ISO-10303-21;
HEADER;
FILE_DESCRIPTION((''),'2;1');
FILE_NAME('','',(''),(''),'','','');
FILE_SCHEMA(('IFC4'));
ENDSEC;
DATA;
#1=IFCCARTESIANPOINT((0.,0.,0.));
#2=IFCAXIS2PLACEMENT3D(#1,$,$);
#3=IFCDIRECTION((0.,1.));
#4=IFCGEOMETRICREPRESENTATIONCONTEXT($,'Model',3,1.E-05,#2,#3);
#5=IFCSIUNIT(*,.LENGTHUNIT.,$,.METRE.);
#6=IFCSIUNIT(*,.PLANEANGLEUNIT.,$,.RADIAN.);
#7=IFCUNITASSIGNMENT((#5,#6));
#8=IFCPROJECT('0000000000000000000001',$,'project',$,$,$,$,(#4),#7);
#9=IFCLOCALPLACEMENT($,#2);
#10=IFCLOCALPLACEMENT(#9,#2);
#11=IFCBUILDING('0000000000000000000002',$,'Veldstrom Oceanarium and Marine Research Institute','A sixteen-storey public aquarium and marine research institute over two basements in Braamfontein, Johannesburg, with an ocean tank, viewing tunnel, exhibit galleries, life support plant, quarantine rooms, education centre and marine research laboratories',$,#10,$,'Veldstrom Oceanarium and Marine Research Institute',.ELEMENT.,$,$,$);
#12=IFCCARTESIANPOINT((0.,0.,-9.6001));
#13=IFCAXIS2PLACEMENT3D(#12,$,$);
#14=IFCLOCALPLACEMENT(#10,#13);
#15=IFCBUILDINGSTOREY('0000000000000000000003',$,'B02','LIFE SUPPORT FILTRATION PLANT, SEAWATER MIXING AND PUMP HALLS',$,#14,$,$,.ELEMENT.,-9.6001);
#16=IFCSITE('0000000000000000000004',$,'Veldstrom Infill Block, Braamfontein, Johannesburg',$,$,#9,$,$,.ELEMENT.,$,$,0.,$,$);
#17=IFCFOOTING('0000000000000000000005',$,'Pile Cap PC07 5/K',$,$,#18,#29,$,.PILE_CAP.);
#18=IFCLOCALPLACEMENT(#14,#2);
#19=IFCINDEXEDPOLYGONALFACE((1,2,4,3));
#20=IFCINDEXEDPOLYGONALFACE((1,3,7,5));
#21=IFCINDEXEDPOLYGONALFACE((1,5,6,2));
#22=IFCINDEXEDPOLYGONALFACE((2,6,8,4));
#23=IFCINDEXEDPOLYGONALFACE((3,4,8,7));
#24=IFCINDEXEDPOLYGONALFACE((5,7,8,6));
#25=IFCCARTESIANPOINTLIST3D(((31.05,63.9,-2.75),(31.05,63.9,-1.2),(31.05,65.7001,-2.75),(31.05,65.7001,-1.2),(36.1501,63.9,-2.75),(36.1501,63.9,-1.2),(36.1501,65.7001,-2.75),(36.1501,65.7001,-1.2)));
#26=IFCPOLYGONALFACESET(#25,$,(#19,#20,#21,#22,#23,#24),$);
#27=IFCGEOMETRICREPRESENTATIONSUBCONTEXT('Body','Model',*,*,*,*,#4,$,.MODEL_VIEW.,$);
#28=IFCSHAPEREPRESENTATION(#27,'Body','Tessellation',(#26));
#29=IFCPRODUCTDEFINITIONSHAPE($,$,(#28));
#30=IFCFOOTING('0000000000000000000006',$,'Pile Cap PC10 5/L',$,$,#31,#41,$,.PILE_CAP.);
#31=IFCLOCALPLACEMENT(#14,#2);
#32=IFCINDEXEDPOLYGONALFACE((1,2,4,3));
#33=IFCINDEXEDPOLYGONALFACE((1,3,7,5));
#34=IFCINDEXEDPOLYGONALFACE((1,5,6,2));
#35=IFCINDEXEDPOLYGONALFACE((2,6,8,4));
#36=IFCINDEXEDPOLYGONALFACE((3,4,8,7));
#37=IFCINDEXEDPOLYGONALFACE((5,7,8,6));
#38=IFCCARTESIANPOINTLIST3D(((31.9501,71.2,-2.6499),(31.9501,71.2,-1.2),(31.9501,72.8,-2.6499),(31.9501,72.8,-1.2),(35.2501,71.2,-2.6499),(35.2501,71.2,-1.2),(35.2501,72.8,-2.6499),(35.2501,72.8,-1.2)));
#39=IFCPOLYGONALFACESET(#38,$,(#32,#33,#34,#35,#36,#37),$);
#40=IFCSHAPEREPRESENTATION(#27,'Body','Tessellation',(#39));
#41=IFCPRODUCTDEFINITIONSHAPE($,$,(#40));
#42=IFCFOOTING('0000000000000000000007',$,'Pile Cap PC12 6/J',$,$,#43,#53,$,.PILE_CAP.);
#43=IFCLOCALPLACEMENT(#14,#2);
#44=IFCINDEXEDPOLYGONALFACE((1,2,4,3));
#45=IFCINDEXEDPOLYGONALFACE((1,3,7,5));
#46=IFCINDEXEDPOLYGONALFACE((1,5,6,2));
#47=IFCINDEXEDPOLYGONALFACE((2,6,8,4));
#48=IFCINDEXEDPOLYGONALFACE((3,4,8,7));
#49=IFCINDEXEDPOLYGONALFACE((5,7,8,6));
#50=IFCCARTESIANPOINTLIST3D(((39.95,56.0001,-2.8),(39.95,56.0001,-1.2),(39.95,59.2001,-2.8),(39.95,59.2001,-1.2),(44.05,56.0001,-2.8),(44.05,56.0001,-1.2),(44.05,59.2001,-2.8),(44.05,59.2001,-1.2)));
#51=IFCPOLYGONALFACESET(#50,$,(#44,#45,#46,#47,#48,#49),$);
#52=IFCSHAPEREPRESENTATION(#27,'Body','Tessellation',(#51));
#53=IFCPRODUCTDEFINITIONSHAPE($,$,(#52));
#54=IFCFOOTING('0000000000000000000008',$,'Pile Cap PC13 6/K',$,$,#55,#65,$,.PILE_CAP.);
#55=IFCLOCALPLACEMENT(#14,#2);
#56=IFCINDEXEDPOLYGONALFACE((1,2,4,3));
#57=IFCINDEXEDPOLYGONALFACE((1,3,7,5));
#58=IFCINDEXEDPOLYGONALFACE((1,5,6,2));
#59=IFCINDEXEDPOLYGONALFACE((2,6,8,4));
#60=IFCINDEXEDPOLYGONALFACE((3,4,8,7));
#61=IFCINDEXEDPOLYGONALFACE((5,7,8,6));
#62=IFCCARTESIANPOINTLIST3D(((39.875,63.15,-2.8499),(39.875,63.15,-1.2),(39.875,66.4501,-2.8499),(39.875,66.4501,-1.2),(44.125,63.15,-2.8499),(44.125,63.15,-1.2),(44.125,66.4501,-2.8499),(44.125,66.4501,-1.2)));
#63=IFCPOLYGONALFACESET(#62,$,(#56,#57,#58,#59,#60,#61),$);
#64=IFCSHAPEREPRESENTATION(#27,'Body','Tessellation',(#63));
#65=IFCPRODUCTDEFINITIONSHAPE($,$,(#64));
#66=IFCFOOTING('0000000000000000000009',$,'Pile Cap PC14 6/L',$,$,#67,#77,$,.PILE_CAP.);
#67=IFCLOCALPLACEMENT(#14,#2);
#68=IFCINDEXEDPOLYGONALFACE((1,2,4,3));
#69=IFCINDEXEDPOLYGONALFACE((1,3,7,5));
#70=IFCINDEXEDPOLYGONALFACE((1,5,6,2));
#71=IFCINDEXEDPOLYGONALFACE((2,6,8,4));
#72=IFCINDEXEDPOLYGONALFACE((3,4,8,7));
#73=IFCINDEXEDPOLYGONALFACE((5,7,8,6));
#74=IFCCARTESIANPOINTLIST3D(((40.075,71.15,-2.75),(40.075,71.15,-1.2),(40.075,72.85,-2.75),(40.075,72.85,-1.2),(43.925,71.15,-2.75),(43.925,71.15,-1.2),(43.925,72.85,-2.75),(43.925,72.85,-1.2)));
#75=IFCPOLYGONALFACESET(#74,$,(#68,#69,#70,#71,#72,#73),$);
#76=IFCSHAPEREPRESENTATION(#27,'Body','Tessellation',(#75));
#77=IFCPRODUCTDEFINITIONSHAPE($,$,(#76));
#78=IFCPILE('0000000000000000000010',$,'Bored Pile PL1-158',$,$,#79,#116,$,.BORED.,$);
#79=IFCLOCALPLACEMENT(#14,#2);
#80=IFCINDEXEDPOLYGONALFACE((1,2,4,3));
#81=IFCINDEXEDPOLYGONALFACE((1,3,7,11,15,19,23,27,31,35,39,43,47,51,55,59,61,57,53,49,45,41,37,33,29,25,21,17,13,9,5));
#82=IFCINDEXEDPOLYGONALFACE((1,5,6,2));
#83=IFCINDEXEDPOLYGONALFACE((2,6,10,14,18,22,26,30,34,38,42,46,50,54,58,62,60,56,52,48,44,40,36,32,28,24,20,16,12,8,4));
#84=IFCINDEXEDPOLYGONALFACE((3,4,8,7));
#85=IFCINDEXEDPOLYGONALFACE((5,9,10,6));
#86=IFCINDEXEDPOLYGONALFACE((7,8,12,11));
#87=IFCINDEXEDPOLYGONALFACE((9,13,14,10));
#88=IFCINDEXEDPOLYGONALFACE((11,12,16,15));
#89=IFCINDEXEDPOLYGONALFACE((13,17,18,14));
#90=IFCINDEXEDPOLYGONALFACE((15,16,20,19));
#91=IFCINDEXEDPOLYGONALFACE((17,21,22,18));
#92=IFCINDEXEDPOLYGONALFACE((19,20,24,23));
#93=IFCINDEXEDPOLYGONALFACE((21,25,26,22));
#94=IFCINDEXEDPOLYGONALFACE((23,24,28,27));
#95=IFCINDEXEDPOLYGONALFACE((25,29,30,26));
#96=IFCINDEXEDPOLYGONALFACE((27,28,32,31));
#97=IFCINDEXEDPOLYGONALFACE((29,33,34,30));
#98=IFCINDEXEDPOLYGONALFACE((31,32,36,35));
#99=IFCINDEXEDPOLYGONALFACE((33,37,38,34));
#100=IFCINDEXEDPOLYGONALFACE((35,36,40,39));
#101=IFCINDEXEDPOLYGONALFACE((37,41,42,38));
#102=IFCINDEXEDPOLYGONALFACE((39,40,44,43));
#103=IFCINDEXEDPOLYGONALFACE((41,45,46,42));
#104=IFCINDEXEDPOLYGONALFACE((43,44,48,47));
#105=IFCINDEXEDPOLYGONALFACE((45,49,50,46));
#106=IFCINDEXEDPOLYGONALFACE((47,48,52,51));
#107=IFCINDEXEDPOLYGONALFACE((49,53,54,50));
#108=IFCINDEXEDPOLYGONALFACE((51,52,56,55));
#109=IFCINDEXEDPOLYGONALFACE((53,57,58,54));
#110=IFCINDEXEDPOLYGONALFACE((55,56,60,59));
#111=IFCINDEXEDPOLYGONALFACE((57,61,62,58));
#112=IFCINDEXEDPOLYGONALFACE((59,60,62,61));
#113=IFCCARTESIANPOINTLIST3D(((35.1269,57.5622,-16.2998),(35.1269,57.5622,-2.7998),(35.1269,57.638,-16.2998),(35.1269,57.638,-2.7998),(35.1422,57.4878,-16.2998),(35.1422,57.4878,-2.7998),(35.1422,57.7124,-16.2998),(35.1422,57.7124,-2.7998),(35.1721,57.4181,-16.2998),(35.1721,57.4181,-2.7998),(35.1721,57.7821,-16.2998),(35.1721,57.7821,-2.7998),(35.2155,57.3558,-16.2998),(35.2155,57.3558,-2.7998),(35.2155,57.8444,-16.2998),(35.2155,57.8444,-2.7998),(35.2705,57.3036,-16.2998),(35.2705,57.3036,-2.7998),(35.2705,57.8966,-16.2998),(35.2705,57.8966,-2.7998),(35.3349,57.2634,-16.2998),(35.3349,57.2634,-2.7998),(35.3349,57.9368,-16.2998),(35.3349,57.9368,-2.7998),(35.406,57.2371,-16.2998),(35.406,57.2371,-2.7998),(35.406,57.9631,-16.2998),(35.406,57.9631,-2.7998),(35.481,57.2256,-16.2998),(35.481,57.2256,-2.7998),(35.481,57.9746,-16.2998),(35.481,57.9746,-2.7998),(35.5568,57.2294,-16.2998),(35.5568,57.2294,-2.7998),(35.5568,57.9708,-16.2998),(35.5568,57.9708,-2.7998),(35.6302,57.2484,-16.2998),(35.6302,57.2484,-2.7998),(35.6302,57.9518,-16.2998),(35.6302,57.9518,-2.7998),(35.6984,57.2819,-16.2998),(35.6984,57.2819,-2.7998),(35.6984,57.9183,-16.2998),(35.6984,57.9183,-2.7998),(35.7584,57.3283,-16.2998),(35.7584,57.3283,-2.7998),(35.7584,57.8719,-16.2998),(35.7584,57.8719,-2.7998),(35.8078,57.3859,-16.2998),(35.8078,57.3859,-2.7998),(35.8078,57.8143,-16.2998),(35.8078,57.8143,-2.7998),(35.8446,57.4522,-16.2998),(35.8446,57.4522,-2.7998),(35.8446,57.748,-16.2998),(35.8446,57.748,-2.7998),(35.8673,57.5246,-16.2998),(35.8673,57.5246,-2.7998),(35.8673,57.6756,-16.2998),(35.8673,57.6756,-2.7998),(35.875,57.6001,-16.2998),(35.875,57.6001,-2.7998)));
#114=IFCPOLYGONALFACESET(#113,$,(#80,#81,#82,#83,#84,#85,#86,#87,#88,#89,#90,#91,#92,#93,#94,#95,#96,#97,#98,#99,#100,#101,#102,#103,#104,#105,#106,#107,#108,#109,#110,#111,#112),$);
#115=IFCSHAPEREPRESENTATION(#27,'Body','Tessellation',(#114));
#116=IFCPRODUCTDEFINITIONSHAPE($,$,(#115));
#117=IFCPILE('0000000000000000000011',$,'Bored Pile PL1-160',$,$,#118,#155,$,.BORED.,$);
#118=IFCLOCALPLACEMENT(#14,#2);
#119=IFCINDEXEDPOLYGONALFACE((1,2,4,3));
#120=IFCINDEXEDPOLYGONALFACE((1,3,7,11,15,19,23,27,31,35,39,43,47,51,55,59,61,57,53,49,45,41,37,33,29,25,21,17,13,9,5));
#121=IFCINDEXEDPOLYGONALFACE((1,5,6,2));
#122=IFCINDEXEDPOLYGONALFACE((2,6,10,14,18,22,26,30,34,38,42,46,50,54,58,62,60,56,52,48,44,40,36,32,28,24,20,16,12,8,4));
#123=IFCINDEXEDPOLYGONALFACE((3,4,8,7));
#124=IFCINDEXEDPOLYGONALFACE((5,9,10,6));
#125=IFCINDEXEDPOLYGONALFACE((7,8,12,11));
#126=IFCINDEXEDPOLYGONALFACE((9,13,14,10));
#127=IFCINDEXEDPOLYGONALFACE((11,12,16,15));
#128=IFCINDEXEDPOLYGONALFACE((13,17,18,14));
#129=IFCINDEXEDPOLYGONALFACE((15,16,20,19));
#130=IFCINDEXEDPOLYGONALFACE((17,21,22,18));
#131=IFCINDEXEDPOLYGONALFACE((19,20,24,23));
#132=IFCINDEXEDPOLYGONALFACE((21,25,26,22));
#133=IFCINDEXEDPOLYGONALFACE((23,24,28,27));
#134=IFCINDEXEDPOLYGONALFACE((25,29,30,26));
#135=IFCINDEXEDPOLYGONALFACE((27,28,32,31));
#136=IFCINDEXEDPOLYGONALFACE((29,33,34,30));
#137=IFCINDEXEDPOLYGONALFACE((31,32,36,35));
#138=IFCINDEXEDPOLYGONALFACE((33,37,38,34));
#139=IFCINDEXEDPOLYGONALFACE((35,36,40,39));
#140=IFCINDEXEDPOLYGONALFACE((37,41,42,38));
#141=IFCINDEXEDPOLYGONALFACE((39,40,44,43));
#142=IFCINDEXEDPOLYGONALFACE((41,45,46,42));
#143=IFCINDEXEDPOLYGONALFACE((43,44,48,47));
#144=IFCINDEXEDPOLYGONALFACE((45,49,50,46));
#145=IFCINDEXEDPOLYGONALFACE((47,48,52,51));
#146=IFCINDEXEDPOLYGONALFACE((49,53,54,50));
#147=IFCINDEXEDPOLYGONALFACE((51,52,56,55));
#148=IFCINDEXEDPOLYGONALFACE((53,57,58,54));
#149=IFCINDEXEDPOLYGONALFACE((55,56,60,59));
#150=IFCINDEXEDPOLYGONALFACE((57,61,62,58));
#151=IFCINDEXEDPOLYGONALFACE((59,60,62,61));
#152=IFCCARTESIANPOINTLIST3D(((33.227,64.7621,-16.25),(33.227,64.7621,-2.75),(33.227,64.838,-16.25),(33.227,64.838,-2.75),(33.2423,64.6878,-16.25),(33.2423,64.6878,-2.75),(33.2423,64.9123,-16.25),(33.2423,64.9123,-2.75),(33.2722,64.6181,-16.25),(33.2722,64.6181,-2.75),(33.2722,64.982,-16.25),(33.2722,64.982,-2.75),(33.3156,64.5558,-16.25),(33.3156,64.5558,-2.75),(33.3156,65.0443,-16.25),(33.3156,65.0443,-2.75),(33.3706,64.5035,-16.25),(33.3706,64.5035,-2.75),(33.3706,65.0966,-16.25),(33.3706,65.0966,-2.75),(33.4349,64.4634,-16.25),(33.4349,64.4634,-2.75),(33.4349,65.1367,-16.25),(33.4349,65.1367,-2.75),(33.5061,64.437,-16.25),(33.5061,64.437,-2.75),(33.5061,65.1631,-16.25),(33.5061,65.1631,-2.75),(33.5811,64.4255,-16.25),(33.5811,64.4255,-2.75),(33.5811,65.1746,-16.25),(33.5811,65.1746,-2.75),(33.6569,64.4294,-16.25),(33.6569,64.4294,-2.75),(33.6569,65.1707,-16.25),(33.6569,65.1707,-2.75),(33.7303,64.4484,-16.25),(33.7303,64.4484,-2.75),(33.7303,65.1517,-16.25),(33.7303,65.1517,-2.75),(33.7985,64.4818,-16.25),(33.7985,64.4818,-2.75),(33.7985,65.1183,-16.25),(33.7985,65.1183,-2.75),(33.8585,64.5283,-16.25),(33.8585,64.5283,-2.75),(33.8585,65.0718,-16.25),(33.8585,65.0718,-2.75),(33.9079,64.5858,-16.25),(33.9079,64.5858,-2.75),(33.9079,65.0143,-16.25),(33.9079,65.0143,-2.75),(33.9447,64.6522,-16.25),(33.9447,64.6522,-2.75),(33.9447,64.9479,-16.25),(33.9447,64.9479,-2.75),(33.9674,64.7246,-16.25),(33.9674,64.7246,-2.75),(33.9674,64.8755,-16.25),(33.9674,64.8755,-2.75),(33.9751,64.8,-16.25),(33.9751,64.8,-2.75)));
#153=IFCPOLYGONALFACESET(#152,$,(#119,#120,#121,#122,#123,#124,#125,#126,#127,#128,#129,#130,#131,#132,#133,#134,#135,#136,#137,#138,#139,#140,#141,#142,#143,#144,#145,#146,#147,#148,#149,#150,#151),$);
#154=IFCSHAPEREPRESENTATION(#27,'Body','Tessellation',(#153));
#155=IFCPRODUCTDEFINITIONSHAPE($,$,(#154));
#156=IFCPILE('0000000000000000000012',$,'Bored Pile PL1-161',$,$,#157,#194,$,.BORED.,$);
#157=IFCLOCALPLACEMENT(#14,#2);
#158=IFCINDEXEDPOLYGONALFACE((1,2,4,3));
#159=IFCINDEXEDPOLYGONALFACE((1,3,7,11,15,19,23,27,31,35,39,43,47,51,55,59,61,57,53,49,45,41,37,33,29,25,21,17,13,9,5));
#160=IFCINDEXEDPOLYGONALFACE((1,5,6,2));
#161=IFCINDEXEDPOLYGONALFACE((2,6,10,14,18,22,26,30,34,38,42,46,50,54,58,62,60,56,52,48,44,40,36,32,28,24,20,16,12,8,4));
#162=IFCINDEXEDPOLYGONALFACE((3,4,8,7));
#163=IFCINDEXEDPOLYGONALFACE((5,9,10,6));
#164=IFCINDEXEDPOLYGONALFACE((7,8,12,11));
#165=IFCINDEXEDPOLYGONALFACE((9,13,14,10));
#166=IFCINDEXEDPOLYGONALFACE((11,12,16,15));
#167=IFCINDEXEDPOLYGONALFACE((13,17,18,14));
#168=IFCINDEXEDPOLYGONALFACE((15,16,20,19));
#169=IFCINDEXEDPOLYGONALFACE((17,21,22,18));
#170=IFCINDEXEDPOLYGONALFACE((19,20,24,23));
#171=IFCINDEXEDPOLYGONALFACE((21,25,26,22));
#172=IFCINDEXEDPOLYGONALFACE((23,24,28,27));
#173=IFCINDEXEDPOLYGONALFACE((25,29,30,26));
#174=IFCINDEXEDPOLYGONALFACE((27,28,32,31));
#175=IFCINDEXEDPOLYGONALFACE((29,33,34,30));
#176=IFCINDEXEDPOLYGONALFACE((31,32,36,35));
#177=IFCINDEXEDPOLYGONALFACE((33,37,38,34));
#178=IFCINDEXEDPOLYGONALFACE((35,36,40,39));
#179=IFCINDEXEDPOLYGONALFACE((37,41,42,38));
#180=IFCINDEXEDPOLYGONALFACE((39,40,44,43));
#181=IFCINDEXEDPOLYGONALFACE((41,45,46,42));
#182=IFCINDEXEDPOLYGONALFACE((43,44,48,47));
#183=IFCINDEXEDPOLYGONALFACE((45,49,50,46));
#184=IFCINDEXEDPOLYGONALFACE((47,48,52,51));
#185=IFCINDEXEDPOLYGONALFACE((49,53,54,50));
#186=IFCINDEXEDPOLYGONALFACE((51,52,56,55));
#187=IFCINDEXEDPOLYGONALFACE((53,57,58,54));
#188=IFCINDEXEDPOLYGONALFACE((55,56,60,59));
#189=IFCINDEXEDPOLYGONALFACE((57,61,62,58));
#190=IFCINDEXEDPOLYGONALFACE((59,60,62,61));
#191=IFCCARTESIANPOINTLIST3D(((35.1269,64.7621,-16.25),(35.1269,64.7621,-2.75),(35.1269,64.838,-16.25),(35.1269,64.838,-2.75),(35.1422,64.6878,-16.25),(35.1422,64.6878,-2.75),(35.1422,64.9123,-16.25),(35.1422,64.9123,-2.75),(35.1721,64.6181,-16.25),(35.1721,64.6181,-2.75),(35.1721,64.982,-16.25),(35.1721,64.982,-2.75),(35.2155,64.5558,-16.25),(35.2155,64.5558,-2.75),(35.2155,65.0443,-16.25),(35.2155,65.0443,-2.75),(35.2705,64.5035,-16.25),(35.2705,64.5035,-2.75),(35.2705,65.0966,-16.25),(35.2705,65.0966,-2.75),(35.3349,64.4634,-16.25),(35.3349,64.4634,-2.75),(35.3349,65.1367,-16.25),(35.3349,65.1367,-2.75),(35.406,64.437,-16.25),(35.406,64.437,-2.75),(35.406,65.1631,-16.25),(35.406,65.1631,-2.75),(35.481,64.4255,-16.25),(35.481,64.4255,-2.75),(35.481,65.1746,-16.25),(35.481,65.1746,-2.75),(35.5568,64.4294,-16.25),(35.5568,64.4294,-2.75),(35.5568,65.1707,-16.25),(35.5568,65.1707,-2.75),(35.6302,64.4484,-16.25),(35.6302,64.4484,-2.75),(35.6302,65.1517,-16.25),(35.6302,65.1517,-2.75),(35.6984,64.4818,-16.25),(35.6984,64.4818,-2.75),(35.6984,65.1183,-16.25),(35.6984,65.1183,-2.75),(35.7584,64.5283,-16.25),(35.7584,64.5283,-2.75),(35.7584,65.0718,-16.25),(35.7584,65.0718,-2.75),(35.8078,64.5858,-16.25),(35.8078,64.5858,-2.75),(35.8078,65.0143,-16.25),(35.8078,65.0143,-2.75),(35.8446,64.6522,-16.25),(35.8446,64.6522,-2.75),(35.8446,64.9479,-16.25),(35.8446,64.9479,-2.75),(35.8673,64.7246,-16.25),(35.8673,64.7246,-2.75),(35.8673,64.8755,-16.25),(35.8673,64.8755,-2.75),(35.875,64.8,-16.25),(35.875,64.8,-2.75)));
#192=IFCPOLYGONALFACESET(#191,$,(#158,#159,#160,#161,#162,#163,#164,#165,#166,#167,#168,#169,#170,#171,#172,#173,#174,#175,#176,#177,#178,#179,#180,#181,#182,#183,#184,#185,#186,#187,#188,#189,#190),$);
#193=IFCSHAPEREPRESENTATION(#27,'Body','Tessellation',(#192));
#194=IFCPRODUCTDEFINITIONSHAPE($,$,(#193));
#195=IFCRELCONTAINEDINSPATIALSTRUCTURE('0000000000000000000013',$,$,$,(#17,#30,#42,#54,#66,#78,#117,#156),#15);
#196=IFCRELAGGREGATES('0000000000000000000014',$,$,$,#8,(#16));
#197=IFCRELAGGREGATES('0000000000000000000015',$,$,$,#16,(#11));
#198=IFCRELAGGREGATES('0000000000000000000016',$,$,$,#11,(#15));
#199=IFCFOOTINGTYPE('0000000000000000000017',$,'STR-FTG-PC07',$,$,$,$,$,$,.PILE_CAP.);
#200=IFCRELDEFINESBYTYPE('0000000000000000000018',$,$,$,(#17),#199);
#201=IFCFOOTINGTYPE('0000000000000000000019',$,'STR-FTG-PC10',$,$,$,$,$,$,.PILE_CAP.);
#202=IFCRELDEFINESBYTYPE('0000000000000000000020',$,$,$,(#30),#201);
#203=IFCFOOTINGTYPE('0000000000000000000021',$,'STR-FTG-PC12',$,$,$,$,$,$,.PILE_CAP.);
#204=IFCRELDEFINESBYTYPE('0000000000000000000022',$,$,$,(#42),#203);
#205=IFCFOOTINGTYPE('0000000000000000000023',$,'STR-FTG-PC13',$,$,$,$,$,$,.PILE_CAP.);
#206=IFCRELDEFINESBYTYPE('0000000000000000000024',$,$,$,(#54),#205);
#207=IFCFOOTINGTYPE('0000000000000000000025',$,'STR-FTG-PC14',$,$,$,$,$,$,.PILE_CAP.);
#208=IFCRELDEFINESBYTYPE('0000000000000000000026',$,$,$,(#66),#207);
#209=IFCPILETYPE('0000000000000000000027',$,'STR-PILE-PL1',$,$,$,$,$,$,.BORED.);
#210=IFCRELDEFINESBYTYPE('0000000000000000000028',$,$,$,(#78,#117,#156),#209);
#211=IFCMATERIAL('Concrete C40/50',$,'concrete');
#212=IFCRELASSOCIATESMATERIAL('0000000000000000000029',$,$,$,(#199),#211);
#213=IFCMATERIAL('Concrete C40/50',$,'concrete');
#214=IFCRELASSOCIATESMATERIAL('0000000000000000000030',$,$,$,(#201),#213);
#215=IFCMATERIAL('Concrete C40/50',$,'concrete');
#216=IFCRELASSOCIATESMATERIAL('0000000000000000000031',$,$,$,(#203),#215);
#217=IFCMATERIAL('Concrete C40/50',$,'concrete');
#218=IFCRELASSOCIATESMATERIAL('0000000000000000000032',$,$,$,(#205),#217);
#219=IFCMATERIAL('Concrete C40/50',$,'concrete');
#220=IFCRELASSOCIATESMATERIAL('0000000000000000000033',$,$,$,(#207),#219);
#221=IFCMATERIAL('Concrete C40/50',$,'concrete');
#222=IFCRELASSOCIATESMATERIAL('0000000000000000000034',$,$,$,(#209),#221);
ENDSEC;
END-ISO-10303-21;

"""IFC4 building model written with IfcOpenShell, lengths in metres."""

from ifc_helpers import new_model, si_unit, direction, frame, origin, origin_2d, place, context, subcontext, project, spatial, rectangle, circle, extrude, material, material_profile, profile_set, type_object, element, save


model = new_model("IFC4")

# Units and contexts
model_context = context("Model", 3, precision=1e-05, world=origin(), true_north=direction((0.0, 1.0)))
body_context = subcontext(model_context, "Body", "Model", "MODEL_VIEW")
ifc_project = project(units=[si_unit("LENGTHUNIT", "METRE"), si_unit("PLANEANGLEUNIT", "RADIAN")], contexts=[model_context])

# Site, building, storey
site_placement = place(None, origin())
site = spatial("IfcSite", under=ifc_project, at=site_placement, Name="Veldstrom Infill Block, Braamfontein, Johannesburg", CompositionType="ELEMENT", RefElevation=0.0)
building_placement = place(site_placement, origin())
building = spatial("IfcBuilding", under=site, at=building_placement, Name="Veldstrom Oceanarium and Marine Research Institute", Description="A sixteen-storey public aquarium and marine research institute over two basements in Braamfontein, Johannesburg, with an ocean tank, viewing tunnel, exhibit galleries, life support plant, quarantine rooms, education centre and marine research laboratories", LongName="Veldstrom Oceanarium and Marine Research Institute", CompositionType="ELEMENT")
storey_placement = place(building_placement, frame((0.0, 0.0, -9.6001)))
storey = spatial("IfcBuildingStorey", under=building, at=storey_placement, Name="B02", Description="LIFE SUPPORT FILTRATION PLANT, SEAWATER MIXING AND PUMP HALLS", CompositionType="ELEMENT", Elevation=-9.6001)

# Footings
ifc_material_1 = material(Name="Concrete C40/50", Category="concrete")
footing_type_1 = type_object("IfcFootingType", Name="STR-FTG-PC07", PredefinedType="PILE_CAP", material=ifc_material_1)
footing_1_placement = place(storey_placement, frame((33.6001, 64.8, -2.75), z_axis=(0.0, 0.0, 1.0), x_axis=(1.0, 0.0, 0.0)))
element("IfcFooting", 1, at=footing_1_placement, inside=storey, type_object=footing_type_1, Name="Pile Cap PC07 5/K", PredefinedType="PILE_CAP", context=body_context, shape_type="SweptSolid", body=[
    extrude(rectangle(XDim=5.1001, YDim=1.8, at=origin_2d()), origin(), (0.0, 0.0, 1.0), 1.55),
])
ifc_material_2 = material(Name="Concrete C40/50", Category="concrete")
footing_type_2 = type_object("IfcFootingType", Name="STR-FTG-PC10", PredefinedType="PILE_CAP", material=ifc_material_2)
footing_2_placement = place(storey_placement, frame((33.6001, 72.0, -2.6499), z_axis=(0.0, 0.0, 1.0), x_axis=(1.0, 0.0, 0.0)))
element("IfcFooting", 2, at=footing_2_placement, inside=storey, type_object=footing_type_2, Name="Pile Cap PC10 5/L", PredefinedType="PILE_CAP", context=body_context, shape_type="SweptSolid", body=[
    extrude(rectangle(XDim=3.3, YDim=1.6001, at=origin_2d()), origin(), (0.0, 0.0, 1.0), 1.45),
])
ifc_material_3 = material(Name="Concrete C40/50", Category="concrete")
footing_type_3 = type_object("IfcFootingType", Name="STR-FTG-PC12", PredefinedType="PILE_CAP", material=ifc_material_3)
footing_3_placement = place(storey_placement, frame((42.0, 57.6001, -2.8), z_axis=(0.0, 0.0, 1.0), x_axis=(1.0, 0.0, 0.0)))
element("IfcFooting", 3, at=footing_3_placement, inside=storey, type_object=footing_type_3, Name="Pile Cap PC12 6/J", PredefinedType="PILE_CAP", context=body_context, shape_type="SweptSolid", body=[
    extrude(rectangle(XDim=4.1001, YDim=3.2, at=origin_2d()), origin(), (0.0, 0.0, 1.0), 1.6001),
])
ifc_material_4 = material(Name="Concrete C40/50", Category="concrete")
footing_type_4 = type_object("IfcFootingType", Name="STR-FTG-PC13", PredefinedType="PILE_CAP", material=ifc_material_4)
footing_4_placement = place(storey_placement, frame((42.0, 64.8, -2.8499), z_axis=(0.0, 0.0, 1.0), x_axis=(1.0, 0.0, 0.0)))
element("IfcFooting", 4, at=footing_4_placement, inside=storey, type_object=footing_type_4, Name="Pile Cap PC13 6/K", PredefinedType="PILE_CAP", context=body_context, shape_type="SweptSolid", body=[
    extrude(rectangle(XDim=4.25, YDim=3.3, at=origin_2d()), origin(), (0.0, 0.0, 1.0), 1.6499),
])
ifc_material_5 = material(Name="Concrete C40/50", Category="concrete")
footing_type_5 = type_object("IfcFootingType", Name="STR-FTG-PC14", PredefinedType="PILE_CAP", material=ifc_material_5)
footing_5_placement = place(storey_placement, frame((42.0, 72.0, -2.75), z_axis=(0.0, 0.0, 1.0), x_axis=(1.0, 0.0, 0.0)))
element("IfcFooting", 5, at=footing_5_placement, inside=storey, type_object=footing_type_5, Name="Pile Cap PC14 6/L", PredefinedType="PILE_CAP", context=body_context, shape_type="SweptSolid", body=[
    extrude(rectangle(XDim=3.8501, YDim=1.7, at=origin_2d()), origin(), (0.0, 0.0, 1.0), 1.55),
])

# Piles
ifc_material_6 = material(Name="Concrete C40/50", Category="concrete")
ifc_material_profile_1 = material_profile(ifc_material_6, circle(Radius=0.375, at=origin_2d()), Name="PILE-D750")
ifc_profile_set_1 = profile_set([ifc_material_profile_1], Name="Concrete C40/50")
pile_type = type_object("IfcPileType", Name="STR-PILE-PL1", PredefinedType="BORED", material=ifc_profile_set_1)
for number, where, z_axis, x_axis, name in (
    (6, (35.5, 57.6001, -2.7998), (0.0, 0.0, -1.0), (1.0, 0.0, 0.0), "Bored Pile PL1-158"),
    (7, (33.6001, 64.8, -2.75), (0.0, 0.0, -1.0), (1.0, 0.0, 0.0), "Bored Pile PL1-160"),
    (8, (35.5, 64.8, -2.75), (0.0, 0.0, -1.0), (1.0, 0.0, 0.0), "Bored Pile PL1-161"),
):
    element("IfcPile", number, at=place(storey_placement, frame(where, z_axis=z_axis, x_axis=x_axis)), inside=storey, type_object=pile_type, Name=name, PredefinedType="BORED", context=body_context, shape_type="SweptSolid", body=[
        extrude(circle(Radius=0.375, at=origin_2d()), origin(), (0.0, 0.0, 1.0), 13.5),
    ])

save(model, "model.ifc")
